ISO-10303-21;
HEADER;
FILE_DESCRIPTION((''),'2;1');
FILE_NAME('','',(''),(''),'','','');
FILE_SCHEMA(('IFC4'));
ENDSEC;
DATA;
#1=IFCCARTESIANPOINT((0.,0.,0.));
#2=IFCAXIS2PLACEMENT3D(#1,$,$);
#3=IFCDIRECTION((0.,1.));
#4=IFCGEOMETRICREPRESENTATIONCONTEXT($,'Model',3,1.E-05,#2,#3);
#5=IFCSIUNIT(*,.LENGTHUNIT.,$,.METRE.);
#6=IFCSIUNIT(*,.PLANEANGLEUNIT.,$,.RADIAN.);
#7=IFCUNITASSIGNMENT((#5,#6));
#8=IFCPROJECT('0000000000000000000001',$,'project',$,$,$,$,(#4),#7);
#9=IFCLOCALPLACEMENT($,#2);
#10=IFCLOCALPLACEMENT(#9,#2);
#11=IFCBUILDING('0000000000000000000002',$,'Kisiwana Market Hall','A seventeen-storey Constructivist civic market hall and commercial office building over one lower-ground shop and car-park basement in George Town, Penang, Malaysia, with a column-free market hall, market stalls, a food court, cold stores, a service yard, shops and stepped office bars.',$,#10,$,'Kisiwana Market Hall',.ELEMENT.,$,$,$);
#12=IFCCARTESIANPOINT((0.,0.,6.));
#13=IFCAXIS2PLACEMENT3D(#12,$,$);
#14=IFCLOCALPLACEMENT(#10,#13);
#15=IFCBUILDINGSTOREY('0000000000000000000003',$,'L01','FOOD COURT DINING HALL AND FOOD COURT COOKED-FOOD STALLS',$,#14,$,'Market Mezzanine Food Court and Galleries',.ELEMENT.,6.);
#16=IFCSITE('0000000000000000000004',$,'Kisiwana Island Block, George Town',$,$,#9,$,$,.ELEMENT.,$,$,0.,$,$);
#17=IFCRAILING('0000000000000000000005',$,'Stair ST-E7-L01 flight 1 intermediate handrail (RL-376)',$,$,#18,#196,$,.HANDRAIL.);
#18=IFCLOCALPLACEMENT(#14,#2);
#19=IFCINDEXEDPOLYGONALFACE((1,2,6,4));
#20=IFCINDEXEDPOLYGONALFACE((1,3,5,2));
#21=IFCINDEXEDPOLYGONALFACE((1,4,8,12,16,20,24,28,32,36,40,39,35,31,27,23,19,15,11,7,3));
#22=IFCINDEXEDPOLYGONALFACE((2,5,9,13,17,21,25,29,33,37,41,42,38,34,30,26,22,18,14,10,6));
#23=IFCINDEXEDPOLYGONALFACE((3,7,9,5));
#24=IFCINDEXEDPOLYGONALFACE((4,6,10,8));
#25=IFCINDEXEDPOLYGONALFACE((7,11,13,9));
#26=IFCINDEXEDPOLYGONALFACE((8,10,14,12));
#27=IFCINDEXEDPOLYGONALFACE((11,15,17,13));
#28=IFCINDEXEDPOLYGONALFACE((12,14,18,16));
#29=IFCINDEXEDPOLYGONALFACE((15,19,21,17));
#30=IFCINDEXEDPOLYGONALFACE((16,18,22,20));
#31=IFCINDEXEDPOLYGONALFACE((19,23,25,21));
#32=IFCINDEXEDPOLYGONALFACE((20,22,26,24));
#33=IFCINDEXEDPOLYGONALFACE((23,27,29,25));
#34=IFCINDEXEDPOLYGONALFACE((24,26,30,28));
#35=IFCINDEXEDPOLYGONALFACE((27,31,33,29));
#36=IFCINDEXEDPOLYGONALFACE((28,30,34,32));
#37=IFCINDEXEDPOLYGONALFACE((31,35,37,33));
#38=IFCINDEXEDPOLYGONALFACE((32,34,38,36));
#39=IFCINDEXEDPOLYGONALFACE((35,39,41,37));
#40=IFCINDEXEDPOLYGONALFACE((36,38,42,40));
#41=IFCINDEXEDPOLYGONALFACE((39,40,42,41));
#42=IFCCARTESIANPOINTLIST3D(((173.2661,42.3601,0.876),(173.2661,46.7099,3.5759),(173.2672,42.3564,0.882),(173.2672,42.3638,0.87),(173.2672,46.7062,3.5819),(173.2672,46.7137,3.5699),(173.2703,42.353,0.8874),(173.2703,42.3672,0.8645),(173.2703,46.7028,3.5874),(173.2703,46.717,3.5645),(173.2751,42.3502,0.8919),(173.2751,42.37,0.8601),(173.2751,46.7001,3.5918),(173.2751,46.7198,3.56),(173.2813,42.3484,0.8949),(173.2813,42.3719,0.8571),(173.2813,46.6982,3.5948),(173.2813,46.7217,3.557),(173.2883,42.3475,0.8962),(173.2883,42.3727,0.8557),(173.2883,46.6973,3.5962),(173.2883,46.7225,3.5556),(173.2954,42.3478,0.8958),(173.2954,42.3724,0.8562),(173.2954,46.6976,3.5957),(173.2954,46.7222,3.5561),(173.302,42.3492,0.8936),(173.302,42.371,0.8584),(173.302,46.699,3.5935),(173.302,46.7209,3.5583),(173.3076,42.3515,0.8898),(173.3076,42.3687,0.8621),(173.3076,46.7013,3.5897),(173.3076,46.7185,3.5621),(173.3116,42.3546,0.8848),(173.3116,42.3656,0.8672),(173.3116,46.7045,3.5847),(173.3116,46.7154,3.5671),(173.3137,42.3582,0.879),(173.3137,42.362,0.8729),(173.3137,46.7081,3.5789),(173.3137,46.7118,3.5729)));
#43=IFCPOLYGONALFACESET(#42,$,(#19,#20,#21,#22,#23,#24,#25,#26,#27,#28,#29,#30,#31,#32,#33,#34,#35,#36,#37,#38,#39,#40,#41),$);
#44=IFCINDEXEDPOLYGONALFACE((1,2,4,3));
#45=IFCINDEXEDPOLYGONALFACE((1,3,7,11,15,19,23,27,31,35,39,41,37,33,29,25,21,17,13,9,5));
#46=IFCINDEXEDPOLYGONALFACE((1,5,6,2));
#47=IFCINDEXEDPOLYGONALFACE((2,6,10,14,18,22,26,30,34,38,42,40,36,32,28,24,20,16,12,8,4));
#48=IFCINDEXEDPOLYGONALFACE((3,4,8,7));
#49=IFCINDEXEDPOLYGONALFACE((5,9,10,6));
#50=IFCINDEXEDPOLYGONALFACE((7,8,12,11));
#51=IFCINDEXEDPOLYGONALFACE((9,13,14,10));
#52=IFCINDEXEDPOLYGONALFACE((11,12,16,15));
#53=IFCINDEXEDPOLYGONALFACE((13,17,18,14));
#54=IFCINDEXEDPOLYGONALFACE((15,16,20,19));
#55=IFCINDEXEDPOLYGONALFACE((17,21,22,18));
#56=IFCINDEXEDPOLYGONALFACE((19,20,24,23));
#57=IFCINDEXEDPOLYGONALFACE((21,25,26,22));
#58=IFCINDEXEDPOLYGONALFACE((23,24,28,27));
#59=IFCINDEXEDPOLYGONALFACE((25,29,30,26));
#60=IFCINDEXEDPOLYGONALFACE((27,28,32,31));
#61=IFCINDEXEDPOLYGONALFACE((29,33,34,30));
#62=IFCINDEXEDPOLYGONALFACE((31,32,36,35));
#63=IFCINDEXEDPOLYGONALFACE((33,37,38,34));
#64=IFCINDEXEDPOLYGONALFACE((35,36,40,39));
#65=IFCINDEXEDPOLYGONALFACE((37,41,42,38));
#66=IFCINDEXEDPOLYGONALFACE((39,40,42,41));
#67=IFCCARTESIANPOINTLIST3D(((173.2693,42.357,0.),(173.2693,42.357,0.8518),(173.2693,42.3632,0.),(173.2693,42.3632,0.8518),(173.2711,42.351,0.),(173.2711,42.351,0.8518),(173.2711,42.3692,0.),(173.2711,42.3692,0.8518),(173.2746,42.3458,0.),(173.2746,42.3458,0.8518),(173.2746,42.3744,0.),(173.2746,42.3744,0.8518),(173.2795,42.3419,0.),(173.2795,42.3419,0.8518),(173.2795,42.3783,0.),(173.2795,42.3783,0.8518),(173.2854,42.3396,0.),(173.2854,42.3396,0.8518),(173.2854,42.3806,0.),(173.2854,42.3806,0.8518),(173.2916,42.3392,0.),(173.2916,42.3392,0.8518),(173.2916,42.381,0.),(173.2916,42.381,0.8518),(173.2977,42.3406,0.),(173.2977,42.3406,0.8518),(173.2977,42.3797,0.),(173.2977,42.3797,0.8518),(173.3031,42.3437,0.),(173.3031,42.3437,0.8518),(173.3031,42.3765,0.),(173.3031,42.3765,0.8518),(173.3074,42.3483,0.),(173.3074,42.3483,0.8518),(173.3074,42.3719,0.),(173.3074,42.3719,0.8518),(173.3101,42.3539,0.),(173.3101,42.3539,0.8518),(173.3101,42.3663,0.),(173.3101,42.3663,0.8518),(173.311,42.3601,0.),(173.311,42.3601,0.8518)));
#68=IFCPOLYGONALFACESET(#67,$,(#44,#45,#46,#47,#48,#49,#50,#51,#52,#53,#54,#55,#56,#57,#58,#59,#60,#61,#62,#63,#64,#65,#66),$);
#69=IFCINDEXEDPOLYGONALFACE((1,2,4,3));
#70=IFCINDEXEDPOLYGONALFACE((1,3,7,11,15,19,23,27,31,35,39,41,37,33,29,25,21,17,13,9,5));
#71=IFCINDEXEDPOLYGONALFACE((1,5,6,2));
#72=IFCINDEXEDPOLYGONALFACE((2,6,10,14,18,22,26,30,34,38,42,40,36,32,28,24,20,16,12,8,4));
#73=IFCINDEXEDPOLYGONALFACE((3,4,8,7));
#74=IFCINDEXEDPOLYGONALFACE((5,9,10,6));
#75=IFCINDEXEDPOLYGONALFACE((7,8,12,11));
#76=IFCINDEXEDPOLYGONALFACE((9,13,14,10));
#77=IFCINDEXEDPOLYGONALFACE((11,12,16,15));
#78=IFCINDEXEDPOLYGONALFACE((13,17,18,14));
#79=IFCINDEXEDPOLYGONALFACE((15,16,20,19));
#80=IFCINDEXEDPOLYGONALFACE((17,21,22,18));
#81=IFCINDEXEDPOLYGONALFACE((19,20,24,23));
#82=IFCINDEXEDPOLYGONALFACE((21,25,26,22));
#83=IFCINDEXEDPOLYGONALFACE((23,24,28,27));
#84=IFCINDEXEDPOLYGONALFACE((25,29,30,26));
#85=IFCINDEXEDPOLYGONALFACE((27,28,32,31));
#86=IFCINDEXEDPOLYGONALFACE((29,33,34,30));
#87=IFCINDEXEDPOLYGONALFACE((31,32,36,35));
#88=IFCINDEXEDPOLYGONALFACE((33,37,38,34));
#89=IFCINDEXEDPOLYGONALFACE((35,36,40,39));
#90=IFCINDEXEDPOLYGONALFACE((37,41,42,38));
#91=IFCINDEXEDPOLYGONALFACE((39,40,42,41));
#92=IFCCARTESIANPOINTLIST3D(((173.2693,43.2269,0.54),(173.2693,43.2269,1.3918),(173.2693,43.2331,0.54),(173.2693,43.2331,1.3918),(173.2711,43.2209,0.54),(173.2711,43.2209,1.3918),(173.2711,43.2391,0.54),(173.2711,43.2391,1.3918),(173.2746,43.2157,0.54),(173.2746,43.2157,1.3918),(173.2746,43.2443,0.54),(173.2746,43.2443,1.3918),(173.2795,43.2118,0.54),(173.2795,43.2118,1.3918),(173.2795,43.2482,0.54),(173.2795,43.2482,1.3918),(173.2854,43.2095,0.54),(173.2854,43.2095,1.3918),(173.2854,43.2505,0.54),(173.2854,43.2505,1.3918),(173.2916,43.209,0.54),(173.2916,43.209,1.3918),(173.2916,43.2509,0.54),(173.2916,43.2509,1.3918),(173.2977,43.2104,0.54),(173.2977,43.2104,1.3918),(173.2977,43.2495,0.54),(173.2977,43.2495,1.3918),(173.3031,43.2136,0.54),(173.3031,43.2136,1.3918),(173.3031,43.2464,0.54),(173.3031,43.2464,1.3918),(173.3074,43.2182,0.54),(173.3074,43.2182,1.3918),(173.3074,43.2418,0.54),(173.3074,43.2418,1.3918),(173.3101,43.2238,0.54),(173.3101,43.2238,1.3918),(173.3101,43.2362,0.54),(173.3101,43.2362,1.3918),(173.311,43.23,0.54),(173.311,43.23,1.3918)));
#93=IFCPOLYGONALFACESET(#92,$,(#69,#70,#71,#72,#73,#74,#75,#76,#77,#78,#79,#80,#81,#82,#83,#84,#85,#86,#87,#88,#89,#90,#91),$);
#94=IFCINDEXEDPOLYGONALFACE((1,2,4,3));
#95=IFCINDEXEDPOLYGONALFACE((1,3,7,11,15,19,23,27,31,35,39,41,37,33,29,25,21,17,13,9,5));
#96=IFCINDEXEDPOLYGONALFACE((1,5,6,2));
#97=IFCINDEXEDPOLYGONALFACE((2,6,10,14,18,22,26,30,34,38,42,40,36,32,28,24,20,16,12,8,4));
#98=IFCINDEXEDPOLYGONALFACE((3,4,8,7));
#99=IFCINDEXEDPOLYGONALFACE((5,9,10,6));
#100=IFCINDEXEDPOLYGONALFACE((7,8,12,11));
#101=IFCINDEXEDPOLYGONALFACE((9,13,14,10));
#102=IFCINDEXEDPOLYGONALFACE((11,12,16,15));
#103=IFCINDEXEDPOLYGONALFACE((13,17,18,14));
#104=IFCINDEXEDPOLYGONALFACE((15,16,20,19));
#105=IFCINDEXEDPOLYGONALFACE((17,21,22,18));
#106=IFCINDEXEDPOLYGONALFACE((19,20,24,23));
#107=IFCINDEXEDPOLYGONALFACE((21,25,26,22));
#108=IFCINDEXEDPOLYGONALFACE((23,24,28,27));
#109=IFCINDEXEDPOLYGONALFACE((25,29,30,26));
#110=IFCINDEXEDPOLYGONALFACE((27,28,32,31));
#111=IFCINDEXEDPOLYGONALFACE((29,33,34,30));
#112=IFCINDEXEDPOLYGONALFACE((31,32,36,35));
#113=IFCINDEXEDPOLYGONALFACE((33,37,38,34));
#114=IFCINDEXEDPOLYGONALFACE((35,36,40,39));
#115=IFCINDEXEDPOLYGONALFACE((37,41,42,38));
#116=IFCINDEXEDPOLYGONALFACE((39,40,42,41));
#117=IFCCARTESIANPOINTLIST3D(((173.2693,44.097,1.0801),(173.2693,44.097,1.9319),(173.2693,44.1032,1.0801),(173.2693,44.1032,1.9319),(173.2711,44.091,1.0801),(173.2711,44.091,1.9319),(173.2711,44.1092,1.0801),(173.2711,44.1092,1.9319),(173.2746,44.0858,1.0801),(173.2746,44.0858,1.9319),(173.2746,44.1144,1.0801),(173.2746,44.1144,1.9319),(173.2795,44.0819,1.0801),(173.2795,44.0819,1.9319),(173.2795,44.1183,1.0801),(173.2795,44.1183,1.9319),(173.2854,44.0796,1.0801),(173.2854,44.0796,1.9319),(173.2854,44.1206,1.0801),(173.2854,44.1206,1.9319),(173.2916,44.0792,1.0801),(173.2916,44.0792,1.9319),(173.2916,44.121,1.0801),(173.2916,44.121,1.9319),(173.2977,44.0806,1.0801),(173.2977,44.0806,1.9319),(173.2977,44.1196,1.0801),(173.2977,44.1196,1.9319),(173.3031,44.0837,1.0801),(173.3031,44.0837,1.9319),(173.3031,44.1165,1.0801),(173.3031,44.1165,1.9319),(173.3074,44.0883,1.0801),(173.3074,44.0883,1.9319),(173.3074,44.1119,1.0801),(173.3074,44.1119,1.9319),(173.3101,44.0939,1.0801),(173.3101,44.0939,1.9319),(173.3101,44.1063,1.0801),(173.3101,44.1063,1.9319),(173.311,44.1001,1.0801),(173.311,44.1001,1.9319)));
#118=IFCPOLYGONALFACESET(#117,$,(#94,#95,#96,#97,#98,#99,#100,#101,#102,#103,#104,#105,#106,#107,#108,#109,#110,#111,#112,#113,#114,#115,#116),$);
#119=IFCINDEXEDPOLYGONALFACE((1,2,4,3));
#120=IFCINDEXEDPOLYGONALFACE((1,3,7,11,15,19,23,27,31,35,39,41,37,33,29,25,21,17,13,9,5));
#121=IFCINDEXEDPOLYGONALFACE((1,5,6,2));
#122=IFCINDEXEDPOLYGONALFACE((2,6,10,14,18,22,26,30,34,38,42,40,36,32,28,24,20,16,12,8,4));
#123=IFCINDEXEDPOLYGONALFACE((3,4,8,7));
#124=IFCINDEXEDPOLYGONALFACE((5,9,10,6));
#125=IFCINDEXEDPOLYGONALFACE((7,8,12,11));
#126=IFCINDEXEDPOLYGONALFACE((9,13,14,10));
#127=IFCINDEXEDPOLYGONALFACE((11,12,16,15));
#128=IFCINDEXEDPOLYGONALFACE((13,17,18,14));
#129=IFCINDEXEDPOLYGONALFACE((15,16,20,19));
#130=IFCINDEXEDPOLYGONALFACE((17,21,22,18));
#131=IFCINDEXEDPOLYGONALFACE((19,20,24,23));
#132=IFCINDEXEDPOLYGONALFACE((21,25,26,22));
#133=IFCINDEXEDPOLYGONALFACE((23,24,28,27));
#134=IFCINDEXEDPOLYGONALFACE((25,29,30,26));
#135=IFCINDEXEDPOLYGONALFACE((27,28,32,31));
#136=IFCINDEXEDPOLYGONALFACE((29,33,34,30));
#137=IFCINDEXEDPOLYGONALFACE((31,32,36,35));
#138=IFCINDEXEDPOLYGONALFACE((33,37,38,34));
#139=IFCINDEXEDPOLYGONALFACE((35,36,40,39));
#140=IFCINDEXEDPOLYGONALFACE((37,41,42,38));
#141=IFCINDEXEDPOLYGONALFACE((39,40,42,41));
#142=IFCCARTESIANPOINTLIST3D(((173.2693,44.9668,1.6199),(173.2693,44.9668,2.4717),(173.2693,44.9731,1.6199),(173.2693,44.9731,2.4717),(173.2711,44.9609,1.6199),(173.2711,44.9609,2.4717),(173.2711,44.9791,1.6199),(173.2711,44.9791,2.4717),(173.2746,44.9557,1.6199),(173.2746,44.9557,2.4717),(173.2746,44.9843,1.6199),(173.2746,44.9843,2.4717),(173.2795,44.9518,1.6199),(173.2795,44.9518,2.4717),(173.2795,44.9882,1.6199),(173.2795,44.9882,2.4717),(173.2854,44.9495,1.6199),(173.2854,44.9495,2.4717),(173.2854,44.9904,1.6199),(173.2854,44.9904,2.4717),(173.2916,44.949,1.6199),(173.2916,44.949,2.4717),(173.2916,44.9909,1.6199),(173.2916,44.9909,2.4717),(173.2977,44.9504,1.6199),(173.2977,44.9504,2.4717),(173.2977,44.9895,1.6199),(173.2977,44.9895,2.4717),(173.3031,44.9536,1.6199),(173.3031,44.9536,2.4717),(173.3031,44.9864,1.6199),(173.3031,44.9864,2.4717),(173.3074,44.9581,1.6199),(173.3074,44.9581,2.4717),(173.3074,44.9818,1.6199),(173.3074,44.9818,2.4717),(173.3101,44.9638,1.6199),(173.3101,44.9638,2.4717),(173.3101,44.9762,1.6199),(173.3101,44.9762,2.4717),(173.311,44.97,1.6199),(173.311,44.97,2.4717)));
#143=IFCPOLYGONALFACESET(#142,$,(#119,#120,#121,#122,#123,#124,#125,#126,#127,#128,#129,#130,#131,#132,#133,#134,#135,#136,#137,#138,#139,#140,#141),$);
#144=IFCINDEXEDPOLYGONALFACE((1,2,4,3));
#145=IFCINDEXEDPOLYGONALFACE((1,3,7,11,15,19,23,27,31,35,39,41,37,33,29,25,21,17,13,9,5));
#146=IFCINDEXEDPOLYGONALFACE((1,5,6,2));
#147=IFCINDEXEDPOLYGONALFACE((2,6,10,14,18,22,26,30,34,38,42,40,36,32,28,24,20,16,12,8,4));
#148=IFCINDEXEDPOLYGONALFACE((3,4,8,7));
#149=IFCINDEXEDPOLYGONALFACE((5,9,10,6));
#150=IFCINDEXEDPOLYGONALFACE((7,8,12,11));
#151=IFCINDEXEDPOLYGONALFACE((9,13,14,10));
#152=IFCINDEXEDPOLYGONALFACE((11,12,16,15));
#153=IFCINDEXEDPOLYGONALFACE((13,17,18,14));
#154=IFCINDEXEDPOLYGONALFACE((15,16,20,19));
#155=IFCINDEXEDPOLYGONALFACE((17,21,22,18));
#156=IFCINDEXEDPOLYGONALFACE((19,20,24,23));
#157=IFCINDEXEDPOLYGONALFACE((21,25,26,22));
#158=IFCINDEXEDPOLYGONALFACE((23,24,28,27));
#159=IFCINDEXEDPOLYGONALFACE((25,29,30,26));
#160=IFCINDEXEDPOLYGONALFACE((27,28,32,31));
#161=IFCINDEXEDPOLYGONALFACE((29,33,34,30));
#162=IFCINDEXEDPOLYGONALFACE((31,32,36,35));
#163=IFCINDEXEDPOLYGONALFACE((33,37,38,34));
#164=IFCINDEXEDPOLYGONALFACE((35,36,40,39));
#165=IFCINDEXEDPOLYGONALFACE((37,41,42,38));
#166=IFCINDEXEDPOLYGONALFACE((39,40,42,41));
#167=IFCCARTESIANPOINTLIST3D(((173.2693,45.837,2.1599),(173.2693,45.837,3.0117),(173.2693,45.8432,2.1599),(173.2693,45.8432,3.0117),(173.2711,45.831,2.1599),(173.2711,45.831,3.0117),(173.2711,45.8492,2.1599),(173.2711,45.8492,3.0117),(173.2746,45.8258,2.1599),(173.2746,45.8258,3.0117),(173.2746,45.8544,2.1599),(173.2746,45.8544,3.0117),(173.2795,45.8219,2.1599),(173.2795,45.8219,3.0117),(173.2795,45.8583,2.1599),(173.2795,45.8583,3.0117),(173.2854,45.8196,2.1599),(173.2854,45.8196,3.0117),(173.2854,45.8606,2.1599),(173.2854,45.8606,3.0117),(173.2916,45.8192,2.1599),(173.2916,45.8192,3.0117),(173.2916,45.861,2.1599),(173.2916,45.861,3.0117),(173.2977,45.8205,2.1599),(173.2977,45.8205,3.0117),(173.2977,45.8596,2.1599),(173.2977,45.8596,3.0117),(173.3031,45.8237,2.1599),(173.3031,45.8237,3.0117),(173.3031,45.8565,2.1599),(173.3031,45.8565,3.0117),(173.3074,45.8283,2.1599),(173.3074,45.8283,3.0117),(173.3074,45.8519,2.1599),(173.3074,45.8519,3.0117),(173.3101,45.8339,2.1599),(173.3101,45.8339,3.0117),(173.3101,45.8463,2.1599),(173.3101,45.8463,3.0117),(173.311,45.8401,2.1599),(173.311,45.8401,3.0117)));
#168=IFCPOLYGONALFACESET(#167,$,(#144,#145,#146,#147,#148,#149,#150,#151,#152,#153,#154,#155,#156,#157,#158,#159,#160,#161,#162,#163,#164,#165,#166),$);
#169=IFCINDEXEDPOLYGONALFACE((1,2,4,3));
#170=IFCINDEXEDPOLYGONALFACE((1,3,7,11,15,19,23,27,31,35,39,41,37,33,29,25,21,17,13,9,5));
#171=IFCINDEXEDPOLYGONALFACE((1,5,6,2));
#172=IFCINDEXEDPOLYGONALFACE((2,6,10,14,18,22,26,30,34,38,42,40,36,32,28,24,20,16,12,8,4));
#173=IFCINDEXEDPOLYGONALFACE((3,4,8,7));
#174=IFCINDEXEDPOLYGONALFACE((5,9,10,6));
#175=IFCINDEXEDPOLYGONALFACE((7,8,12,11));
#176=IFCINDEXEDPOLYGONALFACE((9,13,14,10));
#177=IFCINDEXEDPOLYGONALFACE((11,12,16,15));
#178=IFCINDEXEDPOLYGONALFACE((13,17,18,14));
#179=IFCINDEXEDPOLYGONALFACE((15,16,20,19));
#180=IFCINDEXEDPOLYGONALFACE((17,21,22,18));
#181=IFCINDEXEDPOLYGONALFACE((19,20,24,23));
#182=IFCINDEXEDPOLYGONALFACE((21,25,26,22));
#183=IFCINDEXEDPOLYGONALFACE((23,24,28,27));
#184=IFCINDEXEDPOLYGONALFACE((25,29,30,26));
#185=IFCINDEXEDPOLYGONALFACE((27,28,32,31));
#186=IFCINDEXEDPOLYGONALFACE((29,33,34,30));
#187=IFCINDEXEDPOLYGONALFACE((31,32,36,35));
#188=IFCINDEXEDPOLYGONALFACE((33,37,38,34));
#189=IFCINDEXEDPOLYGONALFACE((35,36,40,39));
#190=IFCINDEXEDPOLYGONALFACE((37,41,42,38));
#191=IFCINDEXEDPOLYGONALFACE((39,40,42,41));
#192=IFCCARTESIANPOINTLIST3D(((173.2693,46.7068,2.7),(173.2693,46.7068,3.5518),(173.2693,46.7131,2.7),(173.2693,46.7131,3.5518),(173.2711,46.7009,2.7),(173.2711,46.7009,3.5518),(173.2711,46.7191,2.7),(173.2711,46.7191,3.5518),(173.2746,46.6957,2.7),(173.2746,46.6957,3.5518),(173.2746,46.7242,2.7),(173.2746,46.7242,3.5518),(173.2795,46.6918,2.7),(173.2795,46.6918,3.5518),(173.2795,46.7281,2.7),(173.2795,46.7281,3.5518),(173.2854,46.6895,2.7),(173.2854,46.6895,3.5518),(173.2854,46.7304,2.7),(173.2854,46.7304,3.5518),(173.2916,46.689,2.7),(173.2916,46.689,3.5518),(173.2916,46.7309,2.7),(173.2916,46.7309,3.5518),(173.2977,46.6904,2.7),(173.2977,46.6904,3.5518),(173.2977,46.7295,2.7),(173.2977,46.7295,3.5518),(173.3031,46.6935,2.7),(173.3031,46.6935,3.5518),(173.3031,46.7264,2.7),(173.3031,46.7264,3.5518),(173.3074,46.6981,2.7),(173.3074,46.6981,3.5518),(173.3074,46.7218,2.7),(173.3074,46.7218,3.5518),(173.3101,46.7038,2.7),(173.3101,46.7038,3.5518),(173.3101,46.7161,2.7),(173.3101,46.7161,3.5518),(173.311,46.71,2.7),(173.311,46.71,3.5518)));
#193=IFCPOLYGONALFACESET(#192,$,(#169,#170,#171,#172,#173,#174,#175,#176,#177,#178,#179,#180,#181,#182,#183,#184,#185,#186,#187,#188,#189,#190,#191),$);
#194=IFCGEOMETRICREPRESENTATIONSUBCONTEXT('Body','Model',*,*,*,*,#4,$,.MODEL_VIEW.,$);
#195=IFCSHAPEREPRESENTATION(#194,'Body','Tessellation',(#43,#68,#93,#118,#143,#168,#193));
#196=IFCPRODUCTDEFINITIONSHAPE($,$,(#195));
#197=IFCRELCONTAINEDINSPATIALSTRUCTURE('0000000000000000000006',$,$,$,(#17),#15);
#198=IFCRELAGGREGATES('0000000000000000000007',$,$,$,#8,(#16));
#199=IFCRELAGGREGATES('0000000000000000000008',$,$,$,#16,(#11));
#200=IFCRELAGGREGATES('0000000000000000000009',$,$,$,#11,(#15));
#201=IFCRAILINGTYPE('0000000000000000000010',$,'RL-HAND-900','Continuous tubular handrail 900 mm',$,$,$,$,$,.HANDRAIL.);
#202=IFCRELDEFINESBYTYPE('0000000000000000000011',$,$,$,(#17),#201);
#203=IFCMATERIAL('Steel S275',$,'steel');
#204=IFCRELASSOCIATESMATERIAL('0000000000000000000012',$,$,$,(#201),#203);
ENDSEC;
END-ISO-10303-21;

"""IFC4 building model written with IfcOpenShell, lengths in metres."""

from ifc_helpers import new_model, si_unit, direction, frame, origin, origin_2d, place, context, subcontext, project, spatial, circle, extrude, material, type_object, element, save


model = new_model("IFC4")

# Units and contexts
model_context = context("Model", 3, precision=1e-05, world=origin(), true_north=direction((0.0, 1.0)))
body_context = subcontext(model_context, "Body", "Model", "MODEL_VIEW")
ifc_project = project(units=[si_unit("LENGTHUNIT", "METRE"), si_unit("PLANEANGLEUNIT", "RADIAN")], contexts=[model_context])

# Site, building, storey
site_placement = place(None, origin())
site = spatial("IfcSite", under=ifc_project, at=site_placement, Name="Kisiwana Island Block, George Town", CompositionType="ELEMENT", RefElevation=0.0)
building_placement = place(site_placement, origin())
building = spatial("IfcBuilding", under=site, at=building_placement, Name="Kisiwana Market Hall", Description="A seventeen-storey Constructivist civic market hall and commercial office building over one lower-ground shop and car-park basement in George Town, Penang, Malaysia, with a column-free market hall, market stalls, a food court, cold stores, a service yard, shops and stepped office bars.", LongName="Kisiwana Market Hall", CompositionType="ELEMENT")
storey_placement = place(building_placement, frame((0.0, 0.0, 6.0)))
storey = spatial("IfcBuildingStorey", under=building, at=storey_placement, Name="L01", Description="FOOD COURT DINING HALL AND FOOD COURT COOKED-FOOD STALLS", LongName="Market Mezzanine Food Court and Galleries", CompositionType="ELEMENT", Elevation=6.0)

# Railing
ifc_material_1 = material(Name="Steel S275", Category="steel")
railing_type_1 = type_object("IfcRailingType", Name="RL-HAND-900", Description="Continuous tubular handrail 900 mm", PredefinedType="HANDRAIL", material=ifc_material_1)
for number, where, name in (
    (1, (173.29, 42.3601, 0.0), "Stair ST-E7-L01 flight 1 intermediate handrail (RL-376)"),
):
    element("IfcRailing", number, at=place(storey_placement, frame(where)), inside=storey, type_object=railing_type_1, Name=name, PredefinedType="HANDRAIL", context=body_context, shape_type="SweptSolid", body=[
        extrude(circle(Radius=0.0239, at=origin_2d()), frame((0.0, 0.0, 0.876), z_axis=(0.0, 0.849636, 0.527369), x_axis=(-1.0, 0.0, 0.0)), (0.0, 0.0, 1.0), 5.1196),
        extrude(circle(Radius=0.021, at=origin_2d()), origin(), (0.0, 0.0, 1.0), 0.8518),
        extrude(circle(Radius=0.021, at=origin_2d()), frame((0.0, 0.8699, 0.54)), (0.0, 0.0, 1.0), 0.8518),
        extrude(circle(Radius=0.021, at=origin_2d()), frame((0.0, 1.74, 1.0801)), (0.0, 0.0, 1.0), 0.8518),
        extrude(circle(Radius=0.021, at=origin_2d()), frame((0.0, 2.6099, 1.6199)), (0.0, 0.0, 1.0), 0.8518),
        extrude(circle(Radius=0.021, at=origin_2d()), frame((0.0, 3.48, 2.1599)), (0.0, 0.0, 1.0), 0.8518),
        extrude(circle(Radius=0.021, at=origin_2d()), frame((0.0, 4.3499, 2.7)), (0.0, 0.0, 1.0), 0.8518),
    ])

save(model, "model.ifc")
